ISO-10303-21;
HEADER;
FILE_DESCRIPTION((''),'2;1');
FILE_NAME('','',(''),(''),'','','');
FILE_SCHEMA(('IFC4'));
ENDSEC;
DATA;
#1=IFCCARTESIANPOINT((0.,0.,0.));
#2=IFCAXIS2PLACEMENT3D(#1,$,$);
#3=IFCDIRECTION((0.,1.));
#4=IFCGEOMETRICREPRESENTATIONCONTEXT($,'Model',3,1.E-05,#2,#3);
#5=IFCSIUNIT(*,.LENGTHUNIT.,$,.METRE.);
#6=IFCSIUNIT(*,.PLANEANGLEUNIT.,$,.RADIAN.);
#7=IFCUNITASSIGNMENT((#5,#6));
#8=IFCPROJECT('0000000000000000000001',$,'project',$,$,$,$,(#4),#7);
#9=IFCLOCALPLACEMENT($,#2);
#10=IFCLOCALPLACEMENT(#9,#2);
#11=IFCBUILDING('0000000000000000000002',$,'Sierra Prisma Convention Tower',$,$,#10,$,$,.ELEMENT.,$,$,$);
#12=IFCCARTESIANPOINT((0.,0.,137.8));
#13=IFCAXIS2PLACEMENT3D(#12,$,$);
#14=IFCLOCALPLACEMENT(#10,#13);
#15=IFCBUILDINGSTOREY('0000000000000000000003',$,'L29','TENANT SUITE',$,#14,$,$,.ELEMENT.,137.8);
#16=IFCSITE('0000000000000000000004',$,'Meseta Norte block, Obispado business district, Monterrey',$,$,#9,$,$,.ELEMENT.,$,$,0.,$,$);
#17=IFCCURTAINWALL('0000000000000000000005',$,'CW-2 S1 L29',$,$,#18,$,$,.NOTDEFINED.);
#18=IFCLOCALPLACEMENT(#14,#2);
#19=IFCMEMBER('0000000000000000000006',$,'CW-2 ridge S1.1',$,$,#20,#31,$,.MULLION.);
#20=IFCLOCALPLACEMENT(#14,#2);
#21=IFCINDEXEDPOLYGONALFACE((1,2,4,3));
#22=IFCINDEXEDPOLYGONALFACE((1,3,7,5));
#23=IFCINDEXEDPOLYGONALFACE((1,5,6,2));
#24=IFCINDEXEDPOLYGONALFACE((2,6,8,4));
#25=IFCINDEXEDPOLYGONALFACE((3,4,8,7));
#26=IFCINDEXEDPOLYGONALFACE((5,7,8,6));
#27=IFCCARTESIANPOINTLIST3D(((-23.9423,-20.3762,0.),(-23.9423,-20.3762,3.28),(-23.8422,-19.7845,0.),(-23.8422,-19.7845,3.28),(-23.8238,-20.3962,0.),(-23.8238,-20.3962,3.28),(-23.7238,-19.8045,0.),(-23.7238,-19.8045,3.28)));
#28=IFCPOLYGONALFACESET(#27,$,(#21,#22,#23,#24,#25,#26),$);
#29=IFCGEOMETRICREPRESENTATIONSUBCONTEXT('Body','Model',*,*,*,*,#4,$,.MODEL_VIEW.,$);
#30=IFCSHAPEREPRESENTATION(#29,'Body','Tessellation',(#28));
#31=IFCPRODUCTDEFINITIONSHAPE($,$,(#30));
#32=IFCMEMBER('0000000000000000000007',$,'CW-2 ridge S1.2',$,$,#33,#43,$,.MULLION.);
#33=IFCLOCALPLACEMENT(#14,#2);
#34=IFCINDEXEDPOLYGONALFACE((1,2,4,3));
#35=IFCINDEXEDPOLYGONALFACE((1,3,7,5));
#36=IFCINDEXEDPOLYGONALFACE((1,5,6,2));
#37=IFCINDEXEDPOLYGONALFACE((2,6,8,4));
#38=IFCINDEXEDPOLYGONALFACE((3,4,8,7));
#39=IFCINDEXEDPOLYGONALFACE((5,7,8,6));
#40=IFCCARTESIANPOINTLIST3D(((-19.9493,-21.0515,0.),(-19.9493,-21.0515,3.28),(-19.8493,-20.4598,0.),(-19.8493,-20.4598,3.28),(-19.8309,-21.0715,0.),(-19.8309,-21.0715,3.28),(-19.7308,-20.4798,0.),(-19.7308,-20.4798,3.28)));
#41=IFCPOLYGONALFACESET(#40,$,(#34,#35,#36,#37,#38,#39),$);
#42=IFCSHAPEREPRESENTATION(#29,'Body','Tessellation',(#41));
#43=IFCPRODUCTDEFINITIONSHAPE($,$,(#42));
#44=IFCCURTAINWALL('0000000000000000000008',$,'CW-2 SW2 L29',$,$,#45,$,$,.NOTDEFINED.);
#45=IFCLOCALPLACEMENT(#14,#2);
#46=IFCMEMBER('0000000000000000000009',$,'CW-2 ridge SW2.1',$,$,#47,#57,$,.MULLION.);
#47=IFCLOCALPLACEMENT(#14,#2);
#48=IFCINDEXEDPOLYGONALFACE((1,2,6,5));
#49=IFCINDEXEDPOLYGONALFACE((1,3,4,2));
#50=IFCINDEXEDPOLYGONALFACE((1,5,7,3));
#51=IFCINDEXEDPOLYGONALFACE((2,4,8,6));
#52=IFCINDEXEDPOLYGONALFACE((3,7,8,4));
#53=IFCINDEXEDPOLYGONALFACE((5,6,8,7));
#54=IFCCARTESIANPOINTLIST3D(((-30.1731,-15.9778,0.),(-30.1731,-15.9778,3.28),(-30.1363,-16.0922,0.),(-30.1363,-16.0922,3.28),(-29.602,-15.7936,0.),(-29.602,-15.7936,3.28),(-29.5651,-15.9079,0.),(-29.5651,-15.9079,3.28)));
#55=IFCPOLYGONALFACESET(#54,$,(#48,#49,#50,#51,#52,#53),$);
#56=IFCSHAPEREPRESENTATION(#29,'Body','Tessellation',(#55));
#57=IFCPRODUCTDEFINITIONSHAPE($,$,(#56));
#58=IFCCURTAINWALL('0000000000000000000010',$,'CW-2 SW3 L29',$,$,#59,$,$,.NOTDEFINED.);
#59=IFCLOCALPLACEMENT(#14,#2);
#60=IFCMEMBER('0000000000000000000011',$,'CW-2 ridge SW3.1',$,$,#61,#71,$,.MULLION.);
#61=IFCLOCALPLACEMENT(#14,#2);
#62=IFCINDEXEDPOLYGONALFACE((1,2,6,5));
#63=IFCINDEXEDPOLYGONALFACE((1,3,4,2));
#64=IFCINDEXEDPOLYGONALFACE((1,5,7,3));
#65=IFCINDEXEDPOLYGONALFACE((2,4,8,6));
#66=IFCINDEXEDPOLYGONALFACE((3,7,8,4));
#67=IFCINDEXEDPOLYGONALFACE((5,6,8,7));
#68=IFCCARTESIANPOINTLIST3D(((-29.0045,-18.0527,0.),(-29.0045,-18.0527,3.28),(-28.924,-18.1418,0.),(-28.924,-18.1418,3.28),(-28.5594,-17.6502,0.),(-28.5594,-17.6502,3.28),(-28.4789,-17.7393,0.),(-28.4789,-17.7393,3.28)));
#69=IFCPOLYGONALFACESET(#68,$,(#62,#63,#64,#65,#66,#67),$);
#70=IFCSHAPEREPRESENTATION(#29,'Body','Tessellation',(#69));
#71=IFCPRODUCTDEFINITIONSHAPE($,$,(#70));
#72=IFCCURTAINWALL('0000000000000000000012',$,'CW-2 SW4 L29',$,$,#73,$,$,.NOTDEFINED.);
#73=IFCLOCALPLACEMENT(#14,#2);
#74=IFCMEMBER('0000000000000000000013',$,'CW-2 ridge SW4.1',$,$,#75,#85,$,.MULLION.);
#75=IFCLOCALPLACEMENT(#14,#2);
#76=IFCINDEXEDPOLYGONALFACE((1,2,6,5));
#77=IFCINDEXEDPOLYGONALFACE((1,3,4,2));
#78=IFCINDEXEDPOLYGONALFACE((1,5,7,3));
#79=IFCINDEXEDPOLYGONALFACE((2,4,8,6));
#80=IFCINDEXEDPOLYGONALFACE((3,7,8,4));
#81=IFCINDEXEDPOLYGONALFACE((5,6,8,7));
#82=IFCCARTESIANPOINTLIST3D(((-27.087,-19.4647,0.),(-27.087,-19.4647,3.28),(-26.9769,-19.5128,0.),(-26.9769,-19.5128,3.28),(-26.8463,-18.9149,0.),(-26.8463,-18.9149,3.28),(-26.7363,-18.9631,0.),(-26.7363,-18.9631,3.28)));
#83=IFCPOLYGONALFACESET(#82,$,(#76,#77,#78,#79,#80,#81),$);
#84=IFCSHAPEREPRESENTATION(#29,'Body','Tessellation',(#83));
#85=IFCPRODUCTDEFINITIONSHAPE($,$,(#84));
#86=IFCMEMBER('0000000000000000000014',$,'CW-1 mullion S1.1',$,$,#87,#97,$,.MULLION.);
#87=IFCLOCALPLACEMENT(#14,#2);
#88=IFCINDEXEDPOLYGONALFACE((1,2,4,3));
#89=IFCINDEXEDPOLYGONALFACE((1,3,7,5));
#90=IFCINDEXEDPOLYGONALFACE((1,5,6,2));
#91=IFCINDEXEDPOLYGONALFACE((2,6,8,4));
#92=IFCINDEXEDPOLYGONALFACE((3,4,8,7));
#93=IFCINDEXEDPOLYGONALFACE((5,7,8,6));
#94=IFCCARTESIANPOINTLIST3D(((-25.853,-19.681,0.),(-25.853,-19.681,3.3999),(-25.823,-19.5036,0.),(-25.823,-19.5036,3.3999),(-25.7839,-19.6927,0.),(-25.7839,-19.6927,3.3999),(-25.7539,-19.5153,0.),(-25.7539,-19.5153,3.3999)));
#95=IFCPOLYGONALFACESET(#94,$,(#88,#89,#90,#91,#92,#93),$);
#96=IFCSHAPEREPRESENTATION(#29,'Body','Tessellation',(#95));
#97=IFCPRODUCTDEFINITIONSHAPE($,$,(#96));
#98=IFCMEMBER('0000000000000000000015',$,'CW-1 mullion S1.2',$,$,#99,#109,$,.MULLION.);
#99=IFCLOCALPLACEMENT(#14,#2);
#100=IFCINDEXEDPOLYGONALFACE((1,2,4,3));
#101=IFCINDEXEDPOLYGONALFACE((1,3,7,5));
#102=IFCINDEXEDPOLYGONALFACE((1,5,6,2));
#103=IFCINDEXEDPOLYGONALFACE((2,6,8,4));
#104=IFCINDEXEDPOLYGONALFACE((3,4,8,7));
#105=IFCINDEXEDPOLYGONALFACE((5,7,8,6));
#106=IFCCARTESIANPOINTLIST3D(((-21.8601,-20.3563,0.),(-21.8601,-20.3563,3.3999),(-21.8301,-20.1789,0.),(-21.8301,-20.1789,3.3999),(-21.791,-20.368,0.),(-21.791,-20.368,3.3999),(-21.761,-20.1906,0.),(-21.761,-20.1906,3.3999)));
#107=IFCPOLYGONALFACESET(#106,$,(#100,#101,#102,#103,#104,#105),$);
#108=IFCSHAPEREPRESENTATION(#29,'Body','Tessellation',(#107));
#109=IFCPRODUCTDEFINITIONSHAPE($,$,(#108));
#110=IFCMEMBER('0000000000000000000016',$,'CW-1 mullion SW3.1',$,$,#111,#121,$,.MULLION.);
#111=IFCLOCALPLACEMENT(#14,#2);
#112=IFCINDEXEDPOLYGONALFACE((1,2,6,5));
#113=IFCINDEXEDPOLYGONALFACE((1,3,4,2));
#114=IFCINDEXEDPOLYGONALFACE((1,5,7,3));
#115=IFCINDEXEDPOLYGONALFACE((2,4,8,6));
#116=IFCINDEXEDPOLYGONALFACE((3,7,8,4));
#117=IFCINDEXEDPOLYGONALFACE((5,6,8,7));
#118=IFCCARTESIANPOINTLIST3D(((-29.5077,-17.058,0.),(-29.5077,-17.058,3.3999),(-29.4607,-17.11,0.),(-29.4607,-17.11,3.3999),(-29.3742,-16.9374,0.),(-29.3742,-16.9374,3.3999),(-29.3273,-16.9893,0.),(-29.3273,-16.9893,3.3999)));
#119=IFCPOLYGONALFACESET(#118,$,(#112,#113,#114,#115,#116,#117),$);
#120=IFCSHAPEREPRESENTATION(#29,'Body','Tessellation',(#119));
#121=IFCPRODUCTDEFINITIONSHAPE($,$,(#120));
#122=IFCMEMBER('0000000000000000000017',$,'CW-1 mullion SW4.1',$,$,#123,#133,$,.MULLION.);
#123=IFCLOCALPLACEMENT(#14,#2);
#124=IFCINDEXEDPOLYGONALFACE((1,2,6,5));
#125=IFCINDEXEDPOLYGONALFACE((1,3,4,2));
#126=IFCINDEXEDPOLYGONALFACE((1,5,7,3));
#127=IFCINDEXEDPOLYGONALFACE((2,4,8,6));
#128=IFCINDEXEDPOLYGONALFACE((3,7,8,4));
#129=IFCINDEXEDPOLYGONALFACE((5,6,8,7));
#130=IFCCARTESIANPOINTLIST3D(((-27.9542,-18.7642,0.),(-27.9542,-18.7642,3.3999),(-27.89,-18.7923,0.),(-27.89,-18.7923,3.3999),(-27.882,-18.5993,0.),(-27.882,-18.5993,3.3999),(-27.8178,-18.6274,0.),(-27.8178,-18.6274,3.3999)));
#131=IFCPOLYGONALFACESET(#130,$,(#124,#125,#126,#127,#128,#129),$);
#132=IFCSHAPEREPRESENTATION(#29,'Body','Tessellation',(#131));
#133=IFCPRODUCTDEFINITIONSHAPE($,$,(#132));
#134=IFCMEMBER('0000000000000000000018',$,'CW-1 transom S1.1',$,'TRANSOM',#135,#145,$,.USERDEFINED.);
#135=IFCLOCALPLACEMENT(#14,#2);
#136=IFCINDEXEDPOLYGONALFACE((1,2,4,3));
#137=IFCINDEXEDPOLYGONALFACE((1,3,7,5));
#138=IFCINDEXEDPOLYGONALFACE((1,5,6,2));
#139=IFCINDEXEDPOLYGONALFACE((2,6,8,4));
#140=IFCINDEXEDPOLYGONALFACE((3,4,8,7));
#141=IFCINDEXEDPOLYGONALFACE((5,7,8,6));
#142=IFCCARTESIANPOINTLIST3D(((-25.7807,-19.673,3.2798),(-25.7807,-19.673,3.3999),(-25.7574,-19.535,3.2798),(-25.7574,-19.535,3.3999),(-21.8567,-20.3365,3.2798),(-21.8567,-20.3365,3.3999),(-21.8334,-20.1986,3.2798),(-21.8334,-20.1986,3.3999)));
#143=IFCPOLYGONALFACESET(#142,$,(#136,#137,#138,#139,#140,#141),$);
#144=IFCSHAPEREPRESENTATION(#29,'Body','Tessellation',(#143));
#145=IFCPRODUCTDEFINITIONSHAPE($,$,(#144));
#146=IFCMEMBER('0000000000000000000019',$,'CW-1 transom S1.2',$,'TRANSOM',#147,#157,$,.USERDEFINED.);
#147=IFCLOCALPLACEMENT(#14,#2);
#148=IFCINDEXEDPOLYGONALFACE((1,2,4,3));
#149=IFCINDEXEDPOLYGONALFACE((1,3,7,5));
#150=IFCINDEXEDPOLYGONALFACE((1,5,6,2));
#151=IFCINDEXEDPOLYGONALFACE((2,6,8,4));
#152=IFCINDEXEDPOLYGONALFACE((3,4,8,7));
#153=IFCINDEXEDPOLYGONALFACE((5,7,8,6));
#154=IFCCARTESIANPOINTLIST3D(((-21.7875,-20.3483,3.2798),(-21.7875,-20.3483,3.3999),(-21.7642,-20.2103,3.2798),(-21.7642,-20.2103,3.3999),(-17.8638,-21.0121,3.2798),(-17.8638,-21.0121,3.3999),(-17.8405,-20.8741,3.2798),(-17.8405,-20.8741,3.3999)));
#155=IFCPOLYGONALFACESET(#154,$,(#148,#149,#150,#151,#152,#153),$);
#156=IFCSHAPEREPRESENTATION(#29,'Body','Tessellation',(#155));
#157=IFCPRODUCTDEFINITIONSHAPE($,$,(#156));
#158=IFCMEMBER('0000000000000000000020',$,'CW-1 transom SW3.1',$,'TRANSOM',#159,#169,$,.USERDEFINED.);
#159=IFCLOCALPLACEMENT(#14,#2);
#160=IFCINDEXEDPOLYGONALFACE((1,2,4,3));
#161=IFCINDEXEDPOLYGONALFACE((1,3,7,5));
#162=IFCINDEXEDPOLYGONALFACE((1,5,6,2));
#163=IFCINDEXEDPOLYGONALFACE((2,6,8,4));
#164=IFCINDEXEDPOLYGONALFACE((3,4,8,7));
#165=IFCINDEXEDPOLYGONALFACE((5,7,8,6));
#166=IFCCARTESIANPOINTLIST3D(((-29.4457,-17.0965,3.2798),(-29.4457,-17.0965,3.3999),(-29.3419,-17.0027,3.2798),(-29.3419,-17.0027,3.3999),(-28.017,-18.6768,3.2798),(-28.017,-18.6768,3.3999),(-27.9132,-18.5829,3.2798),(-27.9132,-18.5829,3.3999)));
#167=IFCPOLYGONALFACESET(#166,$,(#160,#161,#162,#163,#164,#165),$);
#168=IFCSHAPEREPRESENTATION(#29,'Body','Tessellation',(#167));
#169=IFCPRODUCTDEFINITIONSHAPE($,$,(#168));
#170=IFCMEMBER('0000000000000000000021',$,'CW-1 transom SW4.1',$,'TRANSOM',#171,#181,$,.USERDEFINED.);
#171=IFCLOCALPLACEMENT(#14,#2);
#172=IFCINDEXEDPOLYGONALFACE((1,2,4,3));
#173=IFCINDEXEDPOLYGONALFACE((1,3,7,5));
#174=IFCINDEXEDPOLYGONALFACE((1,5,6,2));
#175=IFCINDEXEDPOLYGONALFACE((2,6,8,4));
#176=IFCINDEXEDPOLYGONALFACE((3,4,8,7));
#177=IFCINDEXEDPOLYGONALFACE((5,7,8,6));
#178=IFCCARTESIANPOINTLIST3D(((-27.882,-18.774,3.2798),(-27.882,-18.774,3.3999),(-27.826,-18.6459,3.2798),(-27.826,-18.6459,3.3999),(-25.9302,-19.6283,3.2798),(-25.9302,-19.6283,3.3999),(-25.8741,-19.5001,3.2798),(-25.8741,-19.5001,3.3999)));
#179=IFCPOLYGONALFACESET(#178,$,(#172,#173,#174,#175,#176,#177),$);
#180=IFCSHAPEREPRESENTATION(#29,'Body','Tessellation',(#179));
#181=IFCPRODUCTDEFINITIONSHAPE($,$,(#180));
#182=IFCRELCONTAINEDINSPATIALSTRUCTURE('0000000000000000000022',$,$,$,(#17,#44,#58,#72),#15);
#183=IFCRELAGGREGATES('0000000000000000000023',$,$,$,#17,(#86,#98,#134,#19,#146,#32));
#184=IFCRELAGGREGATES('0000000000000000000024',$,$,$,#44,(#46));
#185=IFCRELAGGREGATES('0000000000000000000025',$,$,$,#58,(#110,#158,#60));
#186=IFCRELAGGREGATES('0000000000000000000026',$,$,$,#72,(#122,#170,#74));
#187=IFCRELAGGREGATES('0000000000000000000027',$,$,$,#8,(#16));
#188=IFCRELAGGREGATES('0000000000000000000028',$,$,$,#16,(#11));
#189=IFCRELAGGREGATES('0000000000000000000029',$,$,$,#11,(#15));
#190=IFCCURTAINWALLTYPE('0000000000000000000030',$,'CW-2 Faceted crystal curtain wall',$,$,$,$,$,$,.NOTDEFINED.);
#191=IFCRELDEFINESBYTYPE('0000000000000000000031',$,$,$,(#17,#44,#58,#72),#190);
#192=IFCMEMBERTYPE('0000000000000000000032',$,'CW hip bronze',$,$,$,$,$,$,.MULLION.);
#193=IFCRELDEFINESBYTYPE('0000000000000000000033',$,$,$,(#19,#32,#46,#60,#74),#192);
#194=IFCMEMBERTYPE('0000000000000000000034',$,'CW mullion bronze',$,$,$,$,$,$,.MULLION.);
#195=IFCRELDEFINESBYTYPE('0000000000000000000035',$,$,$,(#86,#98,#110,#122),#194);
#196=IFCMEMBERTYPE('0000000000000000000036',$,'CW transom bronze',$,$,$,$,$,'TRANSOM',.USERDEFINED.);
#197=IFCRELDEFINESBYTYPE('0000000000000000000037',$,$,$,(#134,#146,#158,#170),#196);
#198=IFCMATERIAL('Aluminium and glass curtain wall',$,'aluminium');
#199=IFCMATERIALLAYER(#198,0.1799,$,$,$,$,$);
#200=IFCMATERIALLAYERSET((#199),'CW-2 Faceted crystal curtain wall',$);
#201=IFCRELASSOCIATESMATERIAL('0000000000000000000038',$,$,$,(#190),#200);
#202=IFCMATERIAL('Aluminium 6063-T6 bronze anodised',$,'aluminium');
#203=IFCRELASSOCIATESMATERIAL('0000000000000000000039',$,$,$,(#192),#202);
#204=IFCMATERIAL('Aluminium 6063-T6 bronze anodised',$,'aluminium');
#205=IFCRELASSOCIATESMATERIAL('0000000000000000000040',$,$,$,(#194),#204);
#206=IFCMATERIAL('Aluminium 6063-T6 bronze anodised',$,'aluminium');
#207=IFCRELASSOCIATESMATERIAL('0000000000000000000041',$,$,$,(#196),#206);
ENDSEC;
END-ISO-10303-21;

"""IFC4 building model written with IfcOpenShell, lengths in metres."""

from ifc_helpers import new_model, si_unit, direction, frame, origin, origin_2d, place, context, subcontext, project, spatial, rectangle, extrude, material, layer, layer_set, material_profile, profile_set, type_object, element, aggregate, save


model = new_model("IFC4")

# Units and contexts
model_context = context("Model", 3, precision=1e-05, world=origin(), true_north=direction((0.0, 1.0)))
body_context = subcontext(model_context, "Body", "Model", "MODEL_VIEW")
ifc_project = project(units=[si_unit("LENGTHUNIT", "METRE"), si_unit("PLANEANGLEUNIT", "RADIAN")], contexts=[model_context])

# Site, building, storey
site_placement = place(None, origin())
site = spatial("IfcSite", under=ifc_project, at=site_placement, Name="Meseta Norte block, Obispado business district, Monterrey", CompositionType="ELEMENT", RefElevation=0.0)
building_placement = place(site_placement, origin())
building = spatial("IfcBuilding", under=site, at=building_placement, Name="Sierra Prisma Convention Tower", CompositionType="ELEMENT")
storey_placement = place(building_placement, frame((0.0, 0.0, 137.8)))
storey = spatial("IfcBuildingStorey", under=building, at=storey_placement, Name="L29", Description="TENANT SUITE", CompositionType="ELEMENT", Elevation=137.8)

# Curtain wall, members
ifc_material_1 = material(Name="Aluminium and glass curtain wall", Category="aluminium")
ifc_layer_1 = layer(ifc_material_1, 0.1799)
ifc_layer_set_1 = layer_set([ifc_layer_1], Name="CW-2 Faceted crystal curtain wall")
curtain_wall_type = type_object("IfcCurtainWallType", Name="CW-2 Faceted crystal curtain wall", PredefinedType="NOTDEFINED", material=ifc_layer_set_1)
curtain_wall_1_placement = place(storey_placement, origin())
curtain_wall_1 = element("IfcCurtainWall", 1, at=curtain_wall_1_placement, inside=storey, type_object=curtain_wall_type, Name="CW-2 S1 L29", PredefinedType="NOTDEFINED")
ifc_material_2 = material(Name="Aluminium 6063-T6 bronze anodised", Category="aluminium")
ifc_material_profile_1 = material_profile(ifc_material_2, rectangle(XDim=0.1201, YDim=0.6001, at=origin_2d()), Name="ALU RIDGE BLADE 120x600")
ifc_profile_set_1 = profile_set([ifc_material_profile_1], Name="Aluminium 6063-T6 bronze anodised")
member_type_1 = type_object("IfcMemberType", Name="CW hip bronze", PredefinedType="MULLION", material=ifc_profile_set_1)
member_1_placement = place(storey_placement, frame((-23.833, -20.0903, 0.0), z_axis=(0.0, 0.0, 1.0), x_axis=(0.985997, -0.166764, 0.0)))
member_1 = element("IfcMember", 2, at=member_1_placement, type_object=member_type_1, Name="CW-2 ridge S1.1", PredefinedType="MULLION", context=body_context, shape_type="SweptSolid", body=[
    extrude(rectangle(XDim=0.1201, YDim=0.6001, at=origin_2d()), origin(), (0.0, 0.0, 1.0), 3.28),
])
member_2_placement = place(storey_placement, frame((-19.8401, -20.7656, 0.0), z_axis=(0.0, 0.0, 1.0), x_axis=(0.985997, -0.166764, 0.0)))
member_2 = element("IfcMember", 3, at=member_2_placement, type_object=member_type_1, Name="CW-2 ridge S1.2", PredefinedType="MULLION", context=body_context, shape_type="SweptSolid", body=[
    extrude(rectangle(XDim=0.1201, YDim=0.6001, at=origin_2d()), origin(), (0.0, 0.0, 1.0), 3.28),
])

# Curtain walls, members
curtain_wall_2_placement = place(storey_placement, origin())
curtain_wall_2 = element("IfcCurtainWall", 4, at=curtain_wall_2_placement, inside=storey, type_object=curtain_wall_type, Name="CW-2 SW2 L29", PredefinedType="NOTDEFINED")
member_3_placement = place(storey_placement, frame((-29.8691, -15.9429, 0.0), z_axis=(0.0, 0.0, 1.0), x_axis=(0.307023, -0.951702, 0.0)))
member_3 = element("IfcMember", 5, at=member_3_placement, type_object=member_type_1, Name="CW-2 ridge SW2.1", PredefinedType="MULLION", context=body_context, shape_type="SweptSolid", body=[
    extrude(rectangle(XDim=0.1201, YDim=0.6001, at=origin_2d()), origin(), (0.0, 0.0, 1.0), 3.28),
])
curtain_wall_3_placement = place(storey_placement, origin())
curtain_wall_3 = element("IfcCurtainWall", 6, at=curtain_wall_3_placement, inside=storey, type_object=curtain_wall_type, Name="CW-2 SW3 L29", PredefinedType="NOTDEFINED")
member_4_placement = place(storey_placement, frame((-28.7417, -17.896, 0.0), z_axis=(0.0, 0.0, 1.0), x_axis=(0.670687, -0.741741, 0.0)))
member_4 = element("IfcMember", 7, at=member_4_placement, type_object=member_type_1, Name="CW-2 ridge SW3.1", PredefinedType="MULLION", context=body_context, shape_type="SweptSolid", body=[
    extrude(rectangle(XDim=0.1201, YDim=0.6001, at=origin_2d()), origin(), (0.0, 0.0, 1.0), 3.28),
])
curtain_wall_4_placement = place(storey_placement, origin())
curtain_wall_4 = element("IfcCurtainWall", 8, at=curtain_wall_4_placement, inside=storey, type_object=curtain_wall_type, Name="CW-2 SW4 L29", PredefinedType="NOTDEFINED")
member_5_placement = place(storey_placement, frame((-26.9116, -19.2139, 0.0), z_axis=(0.0, 0.0, 1.0), x_axis=(0.916085, -0.400985, 0.0)))
member_5 = element("IfcMember", 9, at=member_5_placement, type_object=member_type_1, Name="CW-2 ridge SW4.1", PredefinedType="MULLION", context=body_context, shape_type="SweptSolid", body=[
    extrude(rectangle(XDim=0.1201, YDim=0.6001, at=origin_2d()), origin(), (0.0, 0.0, 1.0), 3.28),
])

# Members
ifc_material_3 = material(Name="Aluminium 6063-T6 bronze anodised", Category="aluminium")
ifc_material_profile_2 = material_profile(ifc_material_3, rectangle(XDim=0.1799, YDim=0.0701, at=origin_2d()), Name="ALU MULLION 70x180")
ifc_profile_set_2 = profile_set([ifc_material_profile_2], Name="Aluminium 6063-T6 bronze anodised")
member_type_2 = type_object("IfcMemberType", Name="CW mullion bronze", PredefinedType="MULLION", material=ifc_profile_set_2)
member_6_placement = place(storey_placement, frame((-25.8035, -19.5981, 0.0), z_axis=(0.0, 0.0, 1.0), x_axis=(0.166764, 0.985997, 0.0)))
member_6 = element("IfcMember", 10, at=member_6_placement, type_object=member_type_2, Name="CW-1 mullion S1.1", PredefinedType="MULLION", context=body_context, shape_type="SweptSolid", body=[
    extrude(rectangle(XDim=0.1799, YDim=0.0701, at=origin_2d()), origin(), (0.0, 0.0, 1.0), 3.3999),
])
member_7_placement = place(storey_placement, frame((-21.8105, -20.2734, 0.0), z_axis=(0.0, 0.0, 1.0), x_axis=(0.166764, 0.985997, 0.0)))
member_7 = element("IfcMember", 11, at=member_7_placement, type_object=member_type_2, Name="CW-1 mullion S1.2", PredefinedType="MULLION", context=body_context, shape_type="SweptSolid", body=[
    extrude(rectangle(XDim=0.1799, YDim=0.0701, at=origin_2d()), origin(), (0.0, 0.0, 1.0), 3.3999),
])
member_8_placement = place(storey_placement, frame((-29.4175, -17.0237, 0.0), z_axis=(0.0, 0.0, 1.0), x_axis=(0.741741, 0.670687, 0.0)))
member_8 = element("IfcMember", 12, at=member_8_placement, type_object=member_type_2, Name="CW-1 mullion SW3.1", PredefinedType="MULLION", context=body_context, shape_type="SweptSolid", body=[
    extrude(rectangle(XDim=0.1799, YDim=0.0701, at=origin_2d()), origin(), (0.0, 0.0, 1.0), 3.3999),
])
member_9_placement = place(storey_placement, frame((-27.886, -18.6958, 0.0), z_axis=(0.0, 0.0, 1.0), x_axis=(0.400985, 0.916085, 0.0)))
member_9 = element("IfcMember", 13, at=member_9_placement, type_object=member_type_2, Name="CW-1 mullion SW4.1", PredefinedType="MULLION", context=body_context, shape_type="SweptSolid", body=[
    extrude(rectangle(XDim=0.1799, YDim=0.0701, at=origin_2d()), origin(), (0.0, 0.0, 1.0), 3.3999),
])
ifc_material_4 = material(Name="Aluminium 6063-T6 bronze anodised", Category="aluminium")
ifc_material_profile_3 = material_profile(ifc_material_4, rectangle(XDim=0.1399, YDim=0.1201, at=origin_2d()), Name="ALU TRANSOM 120x140")
ifc_profile_set_3 = profile_set([ifc_material_profile_3], Name="Aluminium 6063-T6 bronze anodised")
member_type_3 = type_object("IfcMemberType", Name="CW transom bronze", ElementType="TRANSOM", PredefinedType="USERDEFINED", material=ifc_profile_set_3)
member_10_placement = place(storey_placement, frame((-25.769, -19.604, 3.3398), z_axis=(0.986002, -0.166736, 0.0), x_axis=(0.166736, 0.986002, 0.0)))
member_10 = element("IfcMember", 14, at=member_10_placement, type_object=member_type_3, Name="CW-1 transom S1.1", ObjectType="TRANSOM", PredefinedType="USERDEFINED", context=body_context, shape_type="SweptSolid", body=[
    extrude(rectangle(XDim=0.1399, YDim=0.1201, at=origin_2d()), origin(), (0.0, 0.0, 1.0), 3.9797),
])
member_11_placement = place(storey_placement, frame((-21.7759, -20.2793, 3.3398), z_axis=(0.98599, -0.166806, 0.0), x_axis=(0.166806, 0.98599, 0.0)))
member_11 = element("IfcMember", 15, at=member_11_placement, type_object=member_type_3, Name="CW-1 transom S1.2", ObjectType="TRANSOM", PredefinedType="USERDEFINED", context=body_context, shape_type="SweptSolid", body=[
    extrude(rectangle(XDim=0.1399, YDim=0.1201, at=origin_2d()), origin(), (0.0, 0.0, 1.0), 3.9795),
])
member_12_placement = place(storey_placement, frame((-29.3938, -17.0496, 3.3398), z_axis=(0.670628, -0.741794, 0.0), x_axis=(0.741794, 0.670628, 0.0)))
member_12 = element("IfcMember", 16, at=member_12_placement, type_object=member_type_3, Name="CW-1 transom SW3.1", ObjectType="TRANSOM", PredefinedType="USERDEFINED", context=body_context, shape_type="SweptSolid", body=[
    extrude(rectangle(XDim=0.1399, YDim=0.1201, at=origin_2d()), origin(), (0.0, 0.0, 1.0), 2.1304),
])
member_13_placement = place(storey_placement, frame((-27.854, -18.71, 3.3398), z_axis=(0.916107, -0.400933, 0.0), x_axis=(0.400933, 0.916107, 0.0)))
member_13 = element("IfcMember", 17, at=member_13_placement, type_object=member_type_3, Name="CW-1 transom SW4.1", ObjectType="TRANSOM", PredefinedType="USERDEFINED", context=body_context, shape_type="SweptSolid", body=[
    extrude(rectangle(XDim=0.1399, YDim=0.1201, at=origin_2d()), origin(), (0.0, 0.0, 1.0), 2.1306),
])

aggregate(curtain_wall_1, [member_6, member_7, member_10, member_1, member_11, member_2])
aggregate(curtain_wall_2, [member_3])
aggregate(curtain_wall_3, [member_8, member_12, member_4])
aggregate(curtain_wall_4, [member_9, member_13, member_5])

save(model, "model.ifc")
